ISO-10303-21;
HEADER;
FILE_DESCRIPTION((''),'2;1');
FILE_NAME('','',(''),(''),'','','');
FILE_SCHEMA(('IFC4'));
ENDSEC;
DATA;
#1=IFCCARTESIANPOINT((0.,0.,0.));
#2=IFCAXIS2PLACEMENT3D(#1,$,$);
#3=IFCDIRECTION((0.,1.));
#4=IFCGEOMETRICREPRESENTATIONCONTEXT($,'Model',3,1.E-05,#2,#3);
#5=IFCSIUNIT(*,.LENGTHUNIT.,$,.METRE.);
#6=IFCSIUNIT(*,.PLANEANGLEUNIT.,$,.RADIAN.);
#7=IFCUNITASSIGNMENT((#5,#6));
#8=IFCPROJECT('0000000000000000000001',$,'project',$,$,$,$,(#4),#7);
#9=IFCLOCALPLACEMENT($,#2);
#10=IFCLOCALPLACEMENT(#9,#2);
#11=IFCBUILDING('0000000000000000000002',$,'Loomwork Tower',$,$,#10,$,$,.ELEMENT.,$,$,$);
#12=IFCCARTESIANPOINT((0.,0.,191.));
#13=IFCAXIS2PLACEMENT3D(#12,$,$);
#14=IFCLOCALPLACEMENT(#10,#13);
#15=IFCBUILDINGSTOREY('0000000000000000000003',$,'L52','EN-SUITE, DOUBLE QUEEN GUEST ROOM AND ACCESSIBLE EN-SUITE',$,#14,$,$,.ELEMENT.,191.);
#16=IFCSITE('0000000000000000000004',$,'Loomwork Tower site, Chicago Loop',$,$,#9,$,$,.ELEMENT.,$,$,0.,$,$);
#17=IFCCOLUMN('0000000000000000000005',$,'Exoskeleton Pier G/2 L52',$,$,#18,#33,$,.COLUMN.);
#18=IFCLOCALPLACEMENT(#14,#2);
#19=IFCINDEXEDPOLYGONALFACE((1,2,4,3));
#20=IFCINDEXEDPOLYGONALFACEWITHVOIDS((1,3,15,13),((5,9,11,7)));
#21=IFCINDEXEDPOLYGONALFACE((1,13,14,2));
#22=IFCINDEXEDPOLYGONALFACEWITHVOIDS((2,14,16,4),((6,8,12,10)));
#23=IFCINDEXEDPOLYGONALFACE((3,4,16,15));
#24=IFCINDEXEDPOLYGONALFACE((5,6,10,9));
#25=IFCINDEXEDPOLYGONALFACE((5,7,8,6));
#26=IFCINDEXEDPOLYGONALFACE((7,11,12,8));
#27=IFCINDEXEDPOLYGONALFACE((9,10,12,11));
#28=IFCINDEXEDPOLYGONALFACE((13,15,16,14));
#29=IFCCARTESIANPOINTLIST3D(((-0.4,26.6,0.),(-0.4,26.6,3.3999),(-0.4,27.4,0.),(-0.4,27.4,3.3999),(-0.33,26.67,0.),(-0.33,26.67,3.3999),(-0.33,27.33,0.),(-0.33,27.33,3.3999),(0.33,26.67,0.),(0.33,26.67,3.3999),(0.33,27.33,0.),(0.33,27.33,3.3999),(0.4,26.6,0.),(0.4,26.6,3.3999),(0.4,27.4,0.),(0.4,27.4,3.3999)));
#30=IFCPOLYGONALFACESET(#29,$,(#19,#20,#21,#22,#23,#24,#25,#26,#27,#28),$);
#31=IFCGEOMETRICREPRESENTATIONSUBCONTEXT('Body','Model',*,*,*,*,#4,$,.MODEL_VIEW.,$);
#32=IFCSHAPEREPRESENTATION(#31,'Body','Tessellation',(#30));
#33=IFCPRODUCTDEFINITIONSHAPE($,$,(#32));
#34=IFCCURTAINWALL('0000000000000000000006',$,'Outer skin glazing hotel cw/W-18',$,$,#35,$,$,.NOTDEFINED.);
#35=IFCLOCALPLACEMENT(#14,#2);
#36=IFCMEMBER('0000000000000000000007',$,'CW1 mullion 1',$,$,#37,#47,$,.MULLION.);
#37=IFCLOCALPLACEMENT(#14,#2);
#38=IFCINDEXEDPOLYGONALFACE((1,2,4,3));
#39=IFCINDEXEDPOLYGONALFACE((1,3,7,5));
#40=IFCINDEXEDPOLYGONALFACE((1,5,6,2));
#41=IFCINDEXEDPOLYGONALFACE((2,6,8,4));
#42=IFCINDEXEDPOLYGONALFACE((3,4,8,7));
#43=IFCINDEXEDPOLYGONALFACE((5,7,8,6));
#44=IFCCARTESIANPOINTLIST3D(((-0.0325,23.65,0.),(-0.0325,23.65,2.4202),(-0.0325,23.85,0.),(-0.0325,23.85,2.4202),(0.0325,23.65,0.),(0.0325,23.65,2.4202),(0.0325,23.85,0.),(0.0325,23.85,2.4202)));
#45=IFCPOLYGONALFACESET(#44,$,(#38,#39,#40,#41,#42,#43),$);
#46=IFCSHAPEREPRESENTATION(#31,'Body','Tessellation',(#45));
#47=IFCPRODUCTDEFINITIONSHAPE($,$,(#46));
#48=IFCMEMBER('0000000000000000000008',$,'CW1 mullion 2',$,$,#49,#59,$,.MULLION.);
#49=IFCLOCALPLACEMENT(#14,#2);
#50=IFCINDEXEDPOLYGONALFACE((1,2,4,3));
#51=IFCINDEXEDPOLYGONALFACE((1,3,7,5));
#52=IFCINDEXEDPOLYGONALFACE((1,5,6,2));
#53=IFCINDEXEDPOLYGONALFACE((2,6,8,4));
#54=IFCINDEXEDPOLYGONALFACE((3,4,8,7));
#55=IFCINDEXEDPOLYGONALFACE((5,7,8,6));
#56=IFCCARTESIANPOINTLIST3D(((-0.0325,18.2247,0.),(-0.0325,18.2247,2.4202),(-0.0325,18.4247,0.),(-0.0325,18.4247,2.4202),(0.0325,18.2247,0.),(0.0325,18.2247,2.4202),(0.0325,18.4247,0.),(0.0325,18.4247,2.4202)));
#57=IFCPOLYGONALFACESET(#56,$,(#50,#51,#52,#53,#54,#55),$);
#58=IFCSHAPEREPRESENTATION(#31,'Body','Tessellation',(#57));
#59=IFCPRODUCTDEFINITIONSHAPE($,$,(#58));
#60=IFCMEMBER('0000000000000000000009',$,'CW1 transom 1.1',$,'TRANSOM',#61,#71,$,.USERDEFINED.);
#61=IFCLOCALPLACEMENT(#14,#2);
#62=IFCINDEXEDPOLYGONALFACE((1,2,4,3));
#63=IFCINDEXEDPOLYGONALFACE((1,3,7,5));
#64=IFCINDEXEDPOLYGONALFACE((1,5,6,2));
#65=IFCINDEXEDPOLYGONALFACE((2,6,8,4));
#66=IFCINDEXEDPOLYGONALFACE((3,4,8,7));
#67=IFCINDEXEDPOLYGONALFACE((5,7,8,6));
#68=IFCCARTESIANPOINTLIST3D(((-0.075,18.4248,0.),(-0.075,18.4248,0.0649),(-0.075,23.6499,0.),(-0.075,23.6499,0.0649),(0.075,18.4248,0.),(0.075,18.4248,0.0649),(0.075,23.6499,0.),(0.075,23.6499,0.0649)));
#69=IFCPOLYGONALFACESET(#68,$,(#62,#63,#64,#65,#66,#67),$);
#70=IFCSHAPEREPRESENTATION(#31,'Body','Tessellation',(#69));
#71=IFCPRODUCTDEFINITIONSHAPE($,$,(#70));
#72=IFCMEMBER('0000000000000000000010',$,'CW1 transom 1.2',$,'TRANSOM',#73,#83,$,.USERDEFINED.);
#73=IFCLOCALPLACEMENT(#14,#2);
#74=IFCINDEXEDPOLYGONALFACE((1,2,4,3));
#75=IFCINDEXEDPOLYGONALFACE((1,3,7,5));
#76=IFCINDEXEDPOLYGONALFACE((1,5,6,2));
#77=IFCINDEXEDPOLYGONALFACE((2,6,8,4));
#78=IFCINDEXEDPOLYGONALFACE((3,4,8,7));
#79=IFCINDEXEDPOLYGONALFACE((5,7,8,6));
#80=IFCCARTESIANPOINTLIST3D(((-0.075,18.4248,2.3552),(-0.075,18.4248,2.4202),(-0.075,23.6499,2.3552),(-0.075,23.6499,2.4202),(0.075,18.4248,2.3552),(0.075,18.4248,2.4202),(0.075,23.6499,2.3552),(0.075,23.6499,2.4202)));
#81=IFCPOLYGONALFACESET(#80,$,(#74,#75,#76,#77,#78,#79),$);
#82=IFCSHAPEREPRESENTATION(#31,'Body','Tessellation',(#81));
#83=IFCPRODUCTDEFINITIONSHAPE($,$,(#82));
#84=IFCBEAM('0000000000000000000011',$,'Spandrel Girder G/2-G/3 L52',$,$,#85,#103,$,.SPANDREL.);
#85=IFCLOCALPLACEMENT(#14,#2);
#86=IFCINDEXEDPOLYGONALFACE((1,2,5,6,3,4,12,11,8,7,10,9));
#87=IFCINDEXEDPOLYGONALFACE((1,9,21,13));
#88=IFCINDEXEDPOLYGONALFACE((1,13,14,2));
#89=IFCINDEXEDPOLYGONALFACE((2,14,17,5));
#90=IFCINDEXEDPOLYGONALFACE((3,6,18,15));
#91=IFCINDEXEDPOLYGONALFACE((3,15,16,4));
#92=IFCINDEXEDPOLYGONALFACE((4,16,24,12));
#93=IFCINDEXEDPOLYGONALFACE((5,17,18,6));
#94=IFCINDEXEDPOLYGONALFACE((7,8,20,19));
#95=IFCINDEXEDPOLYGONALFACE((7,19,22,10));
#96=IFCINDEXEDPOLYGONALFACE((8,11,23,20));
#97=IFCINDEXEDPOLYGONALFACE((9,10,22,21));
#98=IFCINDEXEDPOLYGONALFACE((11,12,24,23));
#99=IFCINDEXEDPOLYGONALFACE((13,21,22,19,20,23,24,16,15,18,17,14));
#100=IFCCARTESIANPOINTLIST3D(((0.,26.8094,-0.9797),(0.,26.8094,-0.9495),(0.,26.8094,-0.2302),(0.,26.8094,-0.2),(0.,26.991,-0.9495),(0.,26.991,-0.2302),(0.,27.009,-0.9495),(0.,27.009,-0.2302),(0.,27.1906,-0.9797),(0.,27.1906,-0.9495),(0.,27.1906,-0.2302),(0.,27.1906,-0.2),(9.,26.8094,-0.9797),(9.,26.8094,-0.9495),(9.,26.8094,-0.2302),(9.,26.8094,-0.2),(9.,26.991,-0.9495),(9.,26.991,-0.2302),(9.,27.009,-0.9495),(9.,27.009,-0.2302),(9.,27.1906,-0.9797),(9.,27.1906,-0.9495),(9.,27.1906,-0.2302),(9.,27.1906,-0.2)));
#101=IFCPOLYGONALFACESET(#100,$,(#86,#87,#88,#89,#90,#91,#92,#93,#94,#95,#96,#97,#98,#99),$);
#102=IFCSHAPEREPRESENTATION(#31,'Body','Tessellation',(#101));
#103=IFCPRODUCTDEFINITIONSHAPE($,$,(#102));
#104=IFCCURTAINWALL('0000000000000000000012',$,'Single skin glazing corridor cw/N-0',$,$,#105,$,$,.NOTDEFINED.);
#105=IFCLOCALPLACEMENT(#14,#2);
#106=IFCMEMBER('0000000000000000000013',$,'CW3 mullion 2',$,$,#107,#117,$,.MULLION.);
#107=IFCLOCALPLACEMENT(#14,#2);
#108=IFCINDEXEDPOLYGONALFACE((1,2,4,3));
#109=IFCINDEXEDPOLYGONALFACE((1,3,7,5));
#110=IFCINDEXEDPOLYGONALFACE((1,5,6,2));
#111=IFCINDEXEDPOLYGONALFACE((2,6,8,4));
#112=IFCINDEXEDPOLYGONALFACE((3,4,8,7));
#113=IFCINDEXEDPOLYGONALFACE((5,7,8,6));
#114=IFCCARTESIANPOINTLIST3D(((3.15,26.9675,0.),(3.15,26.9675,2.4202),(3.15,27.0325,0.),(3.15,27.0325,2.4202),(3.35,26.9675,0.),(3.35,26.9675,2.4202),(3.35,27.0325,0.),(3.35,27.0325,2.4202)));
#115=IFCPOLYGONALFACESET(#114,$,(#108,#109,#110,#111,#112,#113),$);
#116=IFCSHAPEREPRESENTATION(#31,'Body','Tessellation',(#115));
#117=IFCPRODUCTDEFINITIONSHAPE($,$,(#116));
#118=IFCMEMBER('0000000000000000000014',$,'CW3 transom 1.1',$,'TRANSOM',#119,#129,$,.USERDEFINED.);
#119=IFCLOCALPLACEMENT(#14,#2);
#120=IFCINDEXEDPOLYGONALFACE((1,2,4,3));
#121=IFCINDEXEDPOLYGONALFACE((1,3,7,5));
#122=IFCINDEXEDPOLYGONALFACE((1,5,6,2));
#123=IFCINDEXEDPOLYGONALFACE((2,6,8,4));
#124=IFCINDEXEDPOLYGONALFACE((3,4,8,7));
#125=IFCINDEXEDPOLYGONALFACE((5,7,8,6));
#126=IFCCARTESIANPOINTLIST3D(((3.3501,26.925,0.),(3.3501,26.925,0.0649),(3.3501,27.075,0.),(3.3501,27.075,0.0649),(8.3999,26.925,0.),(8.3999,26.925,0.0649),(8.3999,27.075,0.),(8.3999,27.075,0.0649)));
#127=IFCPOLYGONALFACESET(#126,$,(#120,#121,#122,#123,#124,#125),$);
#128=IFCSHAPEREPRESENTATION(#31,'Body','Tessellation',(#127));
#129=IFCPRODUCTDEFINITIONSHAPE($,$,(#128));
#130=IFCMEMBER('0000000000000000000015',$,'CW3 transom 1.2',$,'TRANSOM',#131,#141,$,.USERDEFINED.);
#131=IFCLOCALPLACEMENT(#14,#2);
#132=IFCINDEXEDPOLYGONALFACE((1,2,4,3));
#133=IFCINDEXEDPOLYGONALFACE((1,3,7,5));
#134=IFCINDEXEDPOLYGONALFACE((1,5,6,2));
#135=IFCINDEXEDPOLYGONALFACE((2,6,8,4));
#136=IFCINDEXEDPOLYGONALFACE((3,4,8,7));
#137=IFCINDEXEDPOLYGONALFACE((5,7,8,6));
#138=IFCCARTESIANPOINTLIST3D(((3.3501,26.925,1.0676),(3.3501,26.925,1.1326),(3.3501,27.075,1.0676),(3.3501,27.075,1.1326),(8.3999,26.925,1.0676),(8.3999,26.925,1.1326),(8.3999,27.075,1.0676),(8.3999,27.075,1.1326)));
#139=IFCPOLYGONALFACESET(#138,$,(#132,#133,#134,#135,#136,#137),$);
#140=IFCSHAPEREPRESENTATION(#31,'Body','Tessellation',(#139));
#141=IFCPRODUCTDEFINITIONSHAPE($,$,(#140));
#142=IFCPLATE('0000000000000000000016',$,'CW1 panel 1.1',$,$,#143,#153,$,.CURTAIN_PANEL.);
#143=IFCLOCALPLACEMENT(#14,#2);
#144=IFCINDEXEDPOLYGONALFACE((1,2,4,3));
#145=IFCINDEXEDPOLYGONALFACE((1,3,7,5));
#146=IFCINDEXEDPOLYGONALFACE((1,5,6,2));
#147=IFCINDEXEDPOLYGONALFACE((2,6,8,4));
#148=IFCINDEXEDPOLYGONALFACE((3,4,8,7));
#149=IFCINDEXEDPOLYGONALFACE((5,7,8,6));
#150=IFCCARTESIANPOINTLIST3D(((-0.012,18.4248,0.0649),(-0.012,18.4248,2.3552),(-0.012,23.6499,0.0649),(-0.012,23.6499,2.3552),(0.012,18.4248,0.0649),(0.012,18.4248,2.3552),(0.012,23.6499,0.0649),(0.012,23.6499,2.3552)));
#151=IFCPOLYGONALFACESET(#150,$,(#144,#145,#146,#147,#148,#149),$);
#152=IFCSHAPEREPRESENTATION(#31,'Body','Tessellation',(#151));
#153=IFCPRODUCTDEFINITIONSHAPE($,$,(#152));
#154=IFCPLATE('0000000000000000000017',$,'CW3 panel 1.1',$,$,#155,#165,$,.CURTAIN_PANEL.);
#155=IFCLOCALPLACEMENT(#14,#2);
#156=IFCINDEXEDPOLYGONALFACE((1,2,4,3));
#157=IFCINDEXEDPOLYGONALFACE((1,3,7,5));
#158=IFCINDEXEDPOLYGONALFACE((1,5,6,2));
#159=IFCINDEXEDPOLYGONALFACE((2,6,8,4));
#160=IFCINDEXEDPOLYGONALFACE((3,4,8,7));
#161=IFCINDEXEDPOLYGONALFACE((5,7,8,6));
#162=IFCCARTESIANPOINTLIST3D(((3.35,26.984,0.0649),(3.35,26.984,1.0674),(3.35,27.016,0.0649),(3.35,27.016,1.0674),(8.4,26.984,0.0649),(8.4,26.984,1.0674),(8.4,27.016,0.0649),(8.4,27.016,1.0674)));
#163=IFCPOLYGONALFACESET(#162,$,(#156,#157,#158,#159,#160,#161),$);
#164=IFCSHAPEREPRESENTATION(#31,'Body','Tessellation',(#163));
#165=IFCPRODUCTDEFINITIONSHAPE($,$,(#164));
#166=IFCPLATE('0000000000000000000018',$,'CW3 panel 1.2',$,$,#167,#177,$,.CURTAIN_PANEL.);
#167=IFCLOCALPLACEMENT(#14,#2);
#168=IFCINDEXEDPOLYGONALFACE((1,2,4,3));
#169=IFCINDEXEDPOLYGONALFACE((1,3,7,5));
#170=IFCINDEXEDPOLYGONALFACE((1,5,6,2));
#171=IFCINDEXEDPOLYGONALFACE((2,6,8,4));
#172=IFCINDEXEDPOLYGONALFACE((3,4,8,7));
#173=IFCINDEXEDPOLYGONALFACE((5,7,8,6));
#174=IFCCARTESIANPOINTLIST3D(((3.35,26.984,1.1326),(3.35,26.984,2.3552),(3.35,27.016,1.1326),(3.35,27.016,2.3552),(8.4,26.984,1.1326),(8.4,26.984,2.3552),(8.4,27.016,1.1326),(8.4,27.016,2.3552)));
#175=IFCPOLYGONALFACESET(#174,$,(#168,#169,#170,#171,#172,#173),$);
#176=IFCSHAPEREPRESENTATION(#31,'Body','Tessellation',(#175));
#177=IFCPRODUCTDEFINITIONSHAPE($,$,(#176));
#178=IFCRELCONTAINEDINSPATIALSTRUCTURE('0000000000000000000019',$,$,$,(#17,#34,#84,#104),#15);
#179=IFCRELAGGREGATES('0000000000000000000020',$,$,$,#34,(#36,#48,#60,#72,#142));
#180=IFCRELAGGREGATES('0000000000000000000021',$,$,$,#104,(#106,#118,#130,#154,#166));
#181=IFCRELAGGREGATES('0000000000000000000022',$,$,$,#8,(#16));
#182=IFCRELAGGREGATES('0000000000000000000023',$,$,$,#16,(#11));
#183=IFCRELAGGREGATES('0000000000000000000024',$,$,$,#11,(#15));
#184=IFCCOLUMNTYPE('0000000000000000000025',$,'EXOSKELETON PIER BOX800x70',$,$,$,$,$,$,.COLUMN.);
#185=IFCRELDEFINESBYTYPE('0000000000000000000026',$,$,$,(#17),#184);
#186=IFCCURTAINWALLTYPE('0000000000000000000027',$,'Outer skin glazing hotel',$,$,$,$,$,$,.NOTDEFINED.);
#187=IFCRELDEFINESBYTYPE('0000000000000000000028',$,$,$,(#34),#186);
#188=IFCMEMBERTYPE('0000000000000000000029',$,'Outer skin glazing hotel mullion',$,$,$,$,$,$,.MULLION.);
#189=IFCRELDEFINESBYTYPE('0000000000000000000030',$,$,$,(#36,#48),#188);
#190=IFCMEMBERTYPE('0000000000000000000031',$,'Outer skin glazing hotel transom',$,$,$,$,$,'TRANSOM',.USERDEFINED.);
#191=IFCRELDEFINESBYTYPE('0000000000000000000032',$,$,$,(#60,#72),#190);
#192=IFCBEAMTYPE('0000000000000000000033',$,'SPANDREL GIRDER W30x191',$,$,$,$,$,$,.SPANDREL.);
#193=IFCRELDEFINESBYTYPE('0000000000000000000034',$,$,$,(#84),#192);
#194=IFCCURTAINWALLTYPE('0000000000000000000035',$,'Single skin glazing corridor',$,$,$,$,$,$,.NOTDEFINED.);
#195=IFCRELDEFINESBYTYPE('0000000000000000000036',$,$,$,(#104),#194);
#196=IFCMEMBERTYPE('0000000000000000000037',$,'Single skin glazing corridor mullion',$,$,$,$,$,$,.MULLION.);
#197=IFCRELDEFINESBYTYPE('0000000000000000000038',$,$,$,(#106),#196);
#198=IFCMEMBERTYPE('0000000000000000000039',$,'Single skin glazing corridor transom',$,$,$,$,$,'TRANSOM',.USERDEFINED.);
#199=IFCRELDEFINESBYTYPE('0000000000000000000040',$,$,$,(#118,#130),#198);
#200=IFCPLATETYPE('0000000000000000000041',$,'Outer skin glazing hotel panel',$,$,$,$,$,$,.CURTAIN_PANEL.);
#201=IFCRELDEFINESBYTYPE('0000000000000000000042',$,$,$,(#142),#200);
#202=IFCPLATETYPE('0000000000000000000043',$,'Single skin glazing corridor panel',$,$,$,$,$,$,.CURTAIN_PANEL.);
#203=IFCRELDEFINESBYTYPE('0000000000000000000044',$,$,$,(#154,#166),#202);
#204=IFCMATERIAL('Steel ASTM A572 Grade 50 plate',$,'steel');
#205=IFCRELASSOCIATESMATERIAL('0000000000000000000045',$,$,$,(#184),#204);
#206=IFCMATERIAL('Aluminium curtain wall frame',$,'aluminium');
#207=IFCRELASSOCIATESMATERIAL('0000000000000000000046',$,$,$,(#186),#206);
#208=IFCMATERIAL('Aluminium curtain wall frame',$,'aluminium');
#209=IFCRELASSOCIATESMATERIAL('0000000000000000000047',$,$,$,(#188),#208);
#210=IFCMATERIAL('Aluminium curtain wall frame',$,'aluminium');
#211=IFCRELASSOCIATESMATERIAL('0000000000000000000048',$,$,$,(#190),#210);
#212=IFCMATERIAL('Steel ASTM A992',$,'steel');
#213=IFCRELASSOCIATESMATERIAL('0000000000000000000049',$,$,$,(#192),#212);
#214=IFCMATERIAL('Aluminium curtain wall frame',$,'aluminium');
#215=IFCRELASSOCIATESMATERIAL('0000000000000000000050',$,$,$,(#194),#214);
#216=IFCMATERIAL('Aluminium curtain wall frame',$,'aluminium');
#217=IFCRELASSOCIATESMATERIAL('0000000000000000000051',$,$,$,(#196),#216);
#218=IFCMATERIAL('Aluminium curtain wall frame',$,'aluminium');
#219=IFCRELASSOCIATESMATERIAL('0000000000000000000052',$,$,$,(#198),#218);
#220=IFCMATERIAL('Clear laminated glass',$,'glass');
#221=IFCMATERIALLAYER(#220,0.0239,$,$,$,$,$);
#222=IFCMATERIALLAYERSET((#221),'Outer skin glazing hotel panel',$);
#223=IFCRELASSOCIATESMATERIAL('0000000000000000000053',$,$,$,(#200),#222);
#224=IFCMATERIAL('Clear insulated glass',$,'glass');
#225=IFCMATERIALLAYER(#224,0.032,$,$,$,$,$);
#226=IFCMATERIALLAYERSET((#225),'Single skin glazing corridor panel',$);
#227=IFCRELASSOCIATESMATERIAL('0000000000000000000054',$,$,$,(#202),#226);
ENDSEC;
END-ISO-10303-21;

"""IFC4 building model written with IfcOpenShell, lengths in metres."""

from ifc_helpers import new_model, si_unit, direction, frame, origin, origin_2d, place, context, subcontext, project, spatial, rectangle, hollow_rectangle, i_section, extrude, material, layer, layer_set, material_profile, profile_set, type_object, element, aggregate, save


model = new_model("IFC4")

# Units and contexts
model_context = context("Model", 3, precision=1e-05, world=origin(), true_north=direction((0.0, 1.0)))
body_context = subcontext(model_context, "Body", "Model", "MODEL_VIEW")
ifc_project = project(units=[si_unit("LENGTHUNIT", "METRE"), si_unit("PLANEANGLEUNIT", "RADIAN")], contexts=[model_context])

# Site, building, storey
site_placement = place(None, origin())
site = spatial("IfcSite", under=ifc_project, at=site_placement, Name="Loomwork Tower site, Chicago Loop", CompositionType="ELEMENT", RefElevation=0.0)
building_placement = place(site_placement, origin())
building = spatial("IfcBuilding", under=site, at=building_placement, Name="Loomwork Tower", CompositionType="ELEMENT")
storey_placement = place(building_placement, frame((0.0, 0.0, 191.0)))
storey = spatial("IfcBuildingStorey", under=building, at=storey_placement, Name="L52", Description="EN-SUITE, DOUBLE QUEEN GUEST ROOM AND ACCESSIBLE EN-SUITE", CompositionType="ELEMENT", Elevation=191.0)

# Column
ifc_material_1 = material(Name="Steel ASTM A572 Grade 50 plate", Category="steel")
ifc_material_profile_1 = material_profile(ifc_material_1, hollow_rectangle(XDim=0.8, YDim=0.8, WallThickness=0.0701, at=origin_2d()), Name="BOX800x70")
ifc_profile_set_1 = profile_set([ifc_material_profile_1], Name="Steel ASTM A572 Grade 50 plate")
column_type = type_object("IfcColumnType", Name="EXOSKELETON PIER BOX800x70", PredefinedType="COLUMN", material=ifc_profile_set_1)
column_placement = place(storey_placement, frame((0.0, 27.0, 0.0), z_axis=(0.0, 0.0, 1.0), x_axis=(0.0, 1.0, 0.0)))
element("IfcColumn", 1, at=column_placement, inside=storey, type_object=column_type, Name="Exoskeleton Pier G/2 L52", PredefinedType="COLUMN", context=body_context, shape_type="SweptSolid", body=[
    extrude(hollow_rectangle(XDim=0.8, YDim=0.8, WallThickness=0.0701, at=origin_2d()), origin(), (0.0, 0.0, 1.0), 3.3999),
])

# Curtain wall, members
ifc_material_2 = material(Name="Aluminium curtain wall frame", Category="aluminium")
curtain_wall_type_1 = type_object("IfcCurtainWallType", Name="Outer skin glazing hotel", PredefinedType="NOTDEFINED", material=ifc_material_2)
curtain_wall_1_placement = place(storey_placement, origin())
curtain_wall_1 = element("IfcCurtainWall", 2, at=curtain_wall_1_placement, inside=storey, type_object=curtain_wall_type_1, Name="Outer skin glazing hotel cw/W-18", PredefinedType="NOTDEFINED")
ifc_material_3 = material(Name="Aluminium curtain wall frame", Category="aluminium")
ifc_material_profile_2 = material_profile(ifc_material_3, rectangle(XDim=0.0649, YDim=0.2, at=origin_2d()), Name="AL 65x200")
ifc_profile_set_2 = profile_set([ifc_material_profile_2], Name="Aluminium curtain wall frame")
member_type_1 = type_object("IfcMemberType", Name="Outer skin glazing hotel mullion", PredefinedType="MULLION", material=ifc_profile_set_2)
member_1_placement = place(storey_placement, frame((0.0, 23.75, 0.0), z_axis=(0.0, 0.0, 1.0), x_axis=(1.0, 0.0, 0.0)))
member_1 = element("IfcMember", 3, at=member_1_placement, type_object=member_type_1, Name="CW1 mullion 1", PredefinedType="MULLION", context=body_context, shape_type="SweptSolid", body=[
    extrude(rectangle(XDim=0.0649, YDim=0.2, at=origin_2d()), origin(), (0.0, 0.0, 1.0), 2.4202),
])
member_2_placement = place(storey_placement, frame((0.0, 18.3247, 0.0), z_axis=(0.0, 0.0, 1.0), x_axis=(1.0, 0.0, 0.0)))
member_2 = element("IfcMember", 4, at=member_2_placement, type_object=member_type_1, Name="CW1 mullion 2", PredefinedType="MULLION", context=body_context, shape_type="SweptSolid", body=[
    extrude(rectangle(XDim=0.0649, YDim=0.2, at=origin_2d()), origin(), (0.0, 0.0, 1.0), 2.4202),
])
ifc_material_4 = material(Name="Aluminium curtain wall frame", Category="aluminium")
ifc_material_profile_3 = material_profile(ifc_material_4, rectangle(XDim=0.1499, YDim=0.0649, at=origin_2d()), Name="AL 65x150")
ifc_profile_set_3 = profile_set([ifc_material_profile_3], Name="Aluminium curtain wall frame")
member_type_2 = type_object("IfcMemberType", Name="Outer skin glazing hotel transom", ElementType="TRANSOM", PredefinedType="USERDEFINED", material=ifc_profile_set_3)
member_3_placement = place(storey_placement, frame((0.0, 23.6499, 0.0325), z_axis=(0.0, -1.0, 0.0), x_axis=(1.0, 0.0, 0.0)))
member_3 = element("IfcMember", 5, at=member_3_placement, type_object=member_type_2, Name="CW1 transom 1.1", ObjectType="TRANSOM", PredefinedType="USERDEFINED", context=body_context, shape_type="SweptSolid", body=[
    extrude(rectangle(XDim=0.1499, YDim=0.0649, at=origin_2d()), origin(), (0.0, 0.0, 1.0), 5.2251),
])
member_4_placement = place(storey_placement, frame((0.0, 23.6499, 2.3877), z_axis=(0.0, -1.0, 0.0), x_axis=(1.0, 0.0, 0.0)))
member_4 = element("IfcMember", 6, at=member_4_placement, type_object=member_type_2, Name="CW1 transom 1.2", ObjectType="TRANSOM", PredefinedType="USERDEFINED", context=body_context, shape_type="SweptSolid", body=[
    extrude(rectangle(XDim=0.1499, YDim=0.0649, at=origin_2d()), origin(), (0.0, 0.0, 1.0), 5.2251),
])

# Beam
ifc_material_5 = material(Name="Steel ASTM A992", Category="steel")
ifc_material_profile_4 = material_profile(ifc_material_5, i_section(OverallWidth=0.3811, OverallDepth=0.7798, WebThickness=0.0181, FlangeThickness=0.0303, at=origin_2d()), Name="W30x191")
ifc_profile_set_4 = profile_set([ifc_material_profile_4], Name="Steel ASTM A992")
beam_type = type_object("IfcBeamType", Name="SPANDREL GIRDER W30x191", PredefinedType="SPANDREL", material=ifc_profile_set_4)
beam_placement = place(storey_placement, frame((0.0, 27.0, -0.5898), z_axis=(1.0, 0.0, 0.0), x_axis=(0.0, 1.0, 0.0)))
element("IfcBeam", 7, at=beam_placement, inside=storey, type_object=beam_type, Name="Spandrel Girder G/2-G/3 L52", PredefinedType="SPANDREL", context=body_context, shape_type="SweptSolid", body=[
    extrude(i_section(OverallWidth=0.3811, OverallDepth=0.7798, WebThickness=0.0181, FlangeThickness=0.0303, at=origin_2d()), origin(), (0.0, 0.0, 1.0), 9.0),
])

# Curtain wall, members
ifc_material_6 = material(Name="Aluminium curtain wall frame", Category="aluminium")
curtain_wall_type_2 = type_object("IfcCurtainWallType", Name="Single skin glazing corridor", PredefinedType="NOTDEFINED", material=ifc_material_6)
curtain_wall_2_placement = place(storey_placement, origin())
curtain_wall_2 = element("IfcCurtainWall", 8, at=curtain_wall_2_placement, inside=storey, type_object=curtain_wall_type_2, Name="Single skin glazing corridor cw/N-0", PredefinedType="NOTDEFINED")
ifc_material_7 = material(Name="Aluminium curtain wall frame", Category="aluminium")
ifc_material_profile_5 = material_profile(ifc_material_7, rectangle(XDim=0.0649, YDim=0.2, at=origin_2d()), Name="AL 65x200")
ifc_profile_set_5 = profile_set([ifc_material_profile_5], Name="Aluminium curtain wall frame")
member_type_3 = type_object("IfcMemberType", Name="Single skin glazing corridor mullion", PredefinedType="MULLION", material=ifc_profile_set_5)
member_5_placement = place(storey_placement, frame((3.25, 27.0, 0.0), z_axis=(0.0, 0.0, 1.0), x_axis=(0.0, -1.0, 0.0)))
member_5 = element("IfcMember", 9, at=member_5_placement, type_object=member_type_3, Name="CW3 mullion 2", PredefinedType="MULLION", context=body_context, shape_type="SweptSolid", body=[
    extrude(rectangle(XDim=0.0649, YDim=0.2, at=origin_2d()), origin(), (0.0, 0.0, 1.0), 2.4202),
])
ifc_material_8 = material(Name="Aluminium curtain wall frame", Category="aluminium")
ifc_material_profile_6 = material_profile(ifc_material_8, rectangle(XDim=0.1499, YDim=0.0649, at=origin_2d()), Name="AL 65x150")
ifc_profile_set_6 = profile_set([ifc_material_profile_6], Name="Aluminium curtain wall frame")
member_type_4 = type_object("IfcMemberType", Name="Single skin glazing corridor transom", ElementType="TRANSOM", PredefinedType="USERDEFINED", material=ifc_profile_set_6)
member_6_placement = place(storey_placement, frame((8.3999, 27.0, 0.0325), z_axis=(-1.0, 0.0, 0.0), x_axis=(0.0, -1.0, 0.0)))
member_6 = element("IfcMember", 10, at=member_6_placement, type_object=member_type_4, Name="CW3 transom 1.1", ObjectType="TRANSOM", PredefinedType="USERDEFINED", context=body_context, shape_type="SweptSolid", body=[
    extrude(rectangle(XDim=0.1499, YDim=0.0649, at=origin_2d()), origin(), (0.0, 0.0, 1.0), 5.0498),
])
member_7_placement = place(storey_placement, frame((8.3999, 27.0, 1.1001), z_axis=(-1.0, 0.0, 0.0), x_axis=(0.0, -1.0, 0.0)))
member_7 = element("IfcMember", 11, at=member_7_placement, type_object=member_type_4, Name="CW3 transom 1.2", ObjectType="TRANSOM", PredefinedType="USERDEFINED", context=body_context, shape_type="SweptSolid", body=[
    extrude(rectangle(XDim=0.1499, YDim=0.0649, at=origin_2d()), origin(), (0.0, 0.0, 1.0), 5.0498),
])

# Plates
ifc_material_9 = material(Name="Clear laminated glass", Category="glass")
ifc_layer_1 = layer(ifc_material_9, 0.0239)
ifc_layer_set_1 = layer_set([ifc_layer_1], Name="Outer skin glazing hotel panel")
plate_type_1 = type_object("IfcPlateType", Name="Outer skin glazing hotel panel", PredefinedType="CURTAIN_PANEL", material=ifc_layer_set_1)
plate_1_placement = place(storey_placement, frame((0.0, 21.0374, 0.0649), z_axis=(0.0, 0.0, 1.0), x_axis=(0.0, -1.0, 0.0)))
plate_1 = element("IfcPlate", 12, at=plate_1_placement, type_object=plate_type_1, Name="CW1 panel 1.1", PredefinedType="CURTAIN_PANEL", context=body_context, shape_type="SweptSolid", body=[
    extrude(rectangle(XDim=5.2251, YDim=0.0239, at=origin_2d()), origin(), (0.0, 0.0, 1.0), 2.2903),
])
aggregate(curtain_wall_1, [member_1, member_2, member_3, member_4, plate_1])
ifc_material_10 = material(Name="Clear insulated glass", Category="glass")
ifc_layer_2 = layer(ifc_material_10, 0.032)
ifc_layer_set_2 = layer_set([ifc_layer_2], Name="Single skin glazing corridor panel")
plate_type_2 = type_object("IfcPlateType", Name="Single skin glazing corridor panel", PredefinedType="CURTAIN_PANEL", material=ifc_layer_set_2)
plate_2_placement = place(storey_placement, frame((5.875, 27.0, 0.0649), z_axis=(0.0, 0.0, 1.0), x_axis=(-1.0, 0.0, 0.0)))
plate_2 = element("IfcPlate", 13, at=plate_2_placement, type_object=plate_type_2, Name="CW3 panel 1.1", PredefinedType="CURTAIN_PANEL", context=body_context, shape_type="SweptSolid", body=[
    extrude(rectangle(XDim=5.05, YDim=0.032, at=origin_2d()), origin(), (0.0, 0.0, 1.0), 1.0024),
])
plate_3_placement = place(storey_placement, frame((5.875, 27.0, 1.1326), z_axis=(0.0, 0.0, 1.0), x_axis=(-1.0, 0.0, 0.0)))
plate_3 = element("IfcPlate", 14, at=plate_3_placement, type_object=plate_type_2, Name="CW3 panel 1.2", PredefinedType="CURTAIN_PANEL", context=body_context, shape_type="SweptSolid", body=[
    extrude(rectangle(XDim=5.05, YDim=0.032, at=origin_2d()), origin(), (0.0, 0.0, 1.0), 1.2227),
])
aggregate(curtain_wall_2, [member_5, member_6, member_7, plate_2, plate_3])

save(model, "model.ifc")
